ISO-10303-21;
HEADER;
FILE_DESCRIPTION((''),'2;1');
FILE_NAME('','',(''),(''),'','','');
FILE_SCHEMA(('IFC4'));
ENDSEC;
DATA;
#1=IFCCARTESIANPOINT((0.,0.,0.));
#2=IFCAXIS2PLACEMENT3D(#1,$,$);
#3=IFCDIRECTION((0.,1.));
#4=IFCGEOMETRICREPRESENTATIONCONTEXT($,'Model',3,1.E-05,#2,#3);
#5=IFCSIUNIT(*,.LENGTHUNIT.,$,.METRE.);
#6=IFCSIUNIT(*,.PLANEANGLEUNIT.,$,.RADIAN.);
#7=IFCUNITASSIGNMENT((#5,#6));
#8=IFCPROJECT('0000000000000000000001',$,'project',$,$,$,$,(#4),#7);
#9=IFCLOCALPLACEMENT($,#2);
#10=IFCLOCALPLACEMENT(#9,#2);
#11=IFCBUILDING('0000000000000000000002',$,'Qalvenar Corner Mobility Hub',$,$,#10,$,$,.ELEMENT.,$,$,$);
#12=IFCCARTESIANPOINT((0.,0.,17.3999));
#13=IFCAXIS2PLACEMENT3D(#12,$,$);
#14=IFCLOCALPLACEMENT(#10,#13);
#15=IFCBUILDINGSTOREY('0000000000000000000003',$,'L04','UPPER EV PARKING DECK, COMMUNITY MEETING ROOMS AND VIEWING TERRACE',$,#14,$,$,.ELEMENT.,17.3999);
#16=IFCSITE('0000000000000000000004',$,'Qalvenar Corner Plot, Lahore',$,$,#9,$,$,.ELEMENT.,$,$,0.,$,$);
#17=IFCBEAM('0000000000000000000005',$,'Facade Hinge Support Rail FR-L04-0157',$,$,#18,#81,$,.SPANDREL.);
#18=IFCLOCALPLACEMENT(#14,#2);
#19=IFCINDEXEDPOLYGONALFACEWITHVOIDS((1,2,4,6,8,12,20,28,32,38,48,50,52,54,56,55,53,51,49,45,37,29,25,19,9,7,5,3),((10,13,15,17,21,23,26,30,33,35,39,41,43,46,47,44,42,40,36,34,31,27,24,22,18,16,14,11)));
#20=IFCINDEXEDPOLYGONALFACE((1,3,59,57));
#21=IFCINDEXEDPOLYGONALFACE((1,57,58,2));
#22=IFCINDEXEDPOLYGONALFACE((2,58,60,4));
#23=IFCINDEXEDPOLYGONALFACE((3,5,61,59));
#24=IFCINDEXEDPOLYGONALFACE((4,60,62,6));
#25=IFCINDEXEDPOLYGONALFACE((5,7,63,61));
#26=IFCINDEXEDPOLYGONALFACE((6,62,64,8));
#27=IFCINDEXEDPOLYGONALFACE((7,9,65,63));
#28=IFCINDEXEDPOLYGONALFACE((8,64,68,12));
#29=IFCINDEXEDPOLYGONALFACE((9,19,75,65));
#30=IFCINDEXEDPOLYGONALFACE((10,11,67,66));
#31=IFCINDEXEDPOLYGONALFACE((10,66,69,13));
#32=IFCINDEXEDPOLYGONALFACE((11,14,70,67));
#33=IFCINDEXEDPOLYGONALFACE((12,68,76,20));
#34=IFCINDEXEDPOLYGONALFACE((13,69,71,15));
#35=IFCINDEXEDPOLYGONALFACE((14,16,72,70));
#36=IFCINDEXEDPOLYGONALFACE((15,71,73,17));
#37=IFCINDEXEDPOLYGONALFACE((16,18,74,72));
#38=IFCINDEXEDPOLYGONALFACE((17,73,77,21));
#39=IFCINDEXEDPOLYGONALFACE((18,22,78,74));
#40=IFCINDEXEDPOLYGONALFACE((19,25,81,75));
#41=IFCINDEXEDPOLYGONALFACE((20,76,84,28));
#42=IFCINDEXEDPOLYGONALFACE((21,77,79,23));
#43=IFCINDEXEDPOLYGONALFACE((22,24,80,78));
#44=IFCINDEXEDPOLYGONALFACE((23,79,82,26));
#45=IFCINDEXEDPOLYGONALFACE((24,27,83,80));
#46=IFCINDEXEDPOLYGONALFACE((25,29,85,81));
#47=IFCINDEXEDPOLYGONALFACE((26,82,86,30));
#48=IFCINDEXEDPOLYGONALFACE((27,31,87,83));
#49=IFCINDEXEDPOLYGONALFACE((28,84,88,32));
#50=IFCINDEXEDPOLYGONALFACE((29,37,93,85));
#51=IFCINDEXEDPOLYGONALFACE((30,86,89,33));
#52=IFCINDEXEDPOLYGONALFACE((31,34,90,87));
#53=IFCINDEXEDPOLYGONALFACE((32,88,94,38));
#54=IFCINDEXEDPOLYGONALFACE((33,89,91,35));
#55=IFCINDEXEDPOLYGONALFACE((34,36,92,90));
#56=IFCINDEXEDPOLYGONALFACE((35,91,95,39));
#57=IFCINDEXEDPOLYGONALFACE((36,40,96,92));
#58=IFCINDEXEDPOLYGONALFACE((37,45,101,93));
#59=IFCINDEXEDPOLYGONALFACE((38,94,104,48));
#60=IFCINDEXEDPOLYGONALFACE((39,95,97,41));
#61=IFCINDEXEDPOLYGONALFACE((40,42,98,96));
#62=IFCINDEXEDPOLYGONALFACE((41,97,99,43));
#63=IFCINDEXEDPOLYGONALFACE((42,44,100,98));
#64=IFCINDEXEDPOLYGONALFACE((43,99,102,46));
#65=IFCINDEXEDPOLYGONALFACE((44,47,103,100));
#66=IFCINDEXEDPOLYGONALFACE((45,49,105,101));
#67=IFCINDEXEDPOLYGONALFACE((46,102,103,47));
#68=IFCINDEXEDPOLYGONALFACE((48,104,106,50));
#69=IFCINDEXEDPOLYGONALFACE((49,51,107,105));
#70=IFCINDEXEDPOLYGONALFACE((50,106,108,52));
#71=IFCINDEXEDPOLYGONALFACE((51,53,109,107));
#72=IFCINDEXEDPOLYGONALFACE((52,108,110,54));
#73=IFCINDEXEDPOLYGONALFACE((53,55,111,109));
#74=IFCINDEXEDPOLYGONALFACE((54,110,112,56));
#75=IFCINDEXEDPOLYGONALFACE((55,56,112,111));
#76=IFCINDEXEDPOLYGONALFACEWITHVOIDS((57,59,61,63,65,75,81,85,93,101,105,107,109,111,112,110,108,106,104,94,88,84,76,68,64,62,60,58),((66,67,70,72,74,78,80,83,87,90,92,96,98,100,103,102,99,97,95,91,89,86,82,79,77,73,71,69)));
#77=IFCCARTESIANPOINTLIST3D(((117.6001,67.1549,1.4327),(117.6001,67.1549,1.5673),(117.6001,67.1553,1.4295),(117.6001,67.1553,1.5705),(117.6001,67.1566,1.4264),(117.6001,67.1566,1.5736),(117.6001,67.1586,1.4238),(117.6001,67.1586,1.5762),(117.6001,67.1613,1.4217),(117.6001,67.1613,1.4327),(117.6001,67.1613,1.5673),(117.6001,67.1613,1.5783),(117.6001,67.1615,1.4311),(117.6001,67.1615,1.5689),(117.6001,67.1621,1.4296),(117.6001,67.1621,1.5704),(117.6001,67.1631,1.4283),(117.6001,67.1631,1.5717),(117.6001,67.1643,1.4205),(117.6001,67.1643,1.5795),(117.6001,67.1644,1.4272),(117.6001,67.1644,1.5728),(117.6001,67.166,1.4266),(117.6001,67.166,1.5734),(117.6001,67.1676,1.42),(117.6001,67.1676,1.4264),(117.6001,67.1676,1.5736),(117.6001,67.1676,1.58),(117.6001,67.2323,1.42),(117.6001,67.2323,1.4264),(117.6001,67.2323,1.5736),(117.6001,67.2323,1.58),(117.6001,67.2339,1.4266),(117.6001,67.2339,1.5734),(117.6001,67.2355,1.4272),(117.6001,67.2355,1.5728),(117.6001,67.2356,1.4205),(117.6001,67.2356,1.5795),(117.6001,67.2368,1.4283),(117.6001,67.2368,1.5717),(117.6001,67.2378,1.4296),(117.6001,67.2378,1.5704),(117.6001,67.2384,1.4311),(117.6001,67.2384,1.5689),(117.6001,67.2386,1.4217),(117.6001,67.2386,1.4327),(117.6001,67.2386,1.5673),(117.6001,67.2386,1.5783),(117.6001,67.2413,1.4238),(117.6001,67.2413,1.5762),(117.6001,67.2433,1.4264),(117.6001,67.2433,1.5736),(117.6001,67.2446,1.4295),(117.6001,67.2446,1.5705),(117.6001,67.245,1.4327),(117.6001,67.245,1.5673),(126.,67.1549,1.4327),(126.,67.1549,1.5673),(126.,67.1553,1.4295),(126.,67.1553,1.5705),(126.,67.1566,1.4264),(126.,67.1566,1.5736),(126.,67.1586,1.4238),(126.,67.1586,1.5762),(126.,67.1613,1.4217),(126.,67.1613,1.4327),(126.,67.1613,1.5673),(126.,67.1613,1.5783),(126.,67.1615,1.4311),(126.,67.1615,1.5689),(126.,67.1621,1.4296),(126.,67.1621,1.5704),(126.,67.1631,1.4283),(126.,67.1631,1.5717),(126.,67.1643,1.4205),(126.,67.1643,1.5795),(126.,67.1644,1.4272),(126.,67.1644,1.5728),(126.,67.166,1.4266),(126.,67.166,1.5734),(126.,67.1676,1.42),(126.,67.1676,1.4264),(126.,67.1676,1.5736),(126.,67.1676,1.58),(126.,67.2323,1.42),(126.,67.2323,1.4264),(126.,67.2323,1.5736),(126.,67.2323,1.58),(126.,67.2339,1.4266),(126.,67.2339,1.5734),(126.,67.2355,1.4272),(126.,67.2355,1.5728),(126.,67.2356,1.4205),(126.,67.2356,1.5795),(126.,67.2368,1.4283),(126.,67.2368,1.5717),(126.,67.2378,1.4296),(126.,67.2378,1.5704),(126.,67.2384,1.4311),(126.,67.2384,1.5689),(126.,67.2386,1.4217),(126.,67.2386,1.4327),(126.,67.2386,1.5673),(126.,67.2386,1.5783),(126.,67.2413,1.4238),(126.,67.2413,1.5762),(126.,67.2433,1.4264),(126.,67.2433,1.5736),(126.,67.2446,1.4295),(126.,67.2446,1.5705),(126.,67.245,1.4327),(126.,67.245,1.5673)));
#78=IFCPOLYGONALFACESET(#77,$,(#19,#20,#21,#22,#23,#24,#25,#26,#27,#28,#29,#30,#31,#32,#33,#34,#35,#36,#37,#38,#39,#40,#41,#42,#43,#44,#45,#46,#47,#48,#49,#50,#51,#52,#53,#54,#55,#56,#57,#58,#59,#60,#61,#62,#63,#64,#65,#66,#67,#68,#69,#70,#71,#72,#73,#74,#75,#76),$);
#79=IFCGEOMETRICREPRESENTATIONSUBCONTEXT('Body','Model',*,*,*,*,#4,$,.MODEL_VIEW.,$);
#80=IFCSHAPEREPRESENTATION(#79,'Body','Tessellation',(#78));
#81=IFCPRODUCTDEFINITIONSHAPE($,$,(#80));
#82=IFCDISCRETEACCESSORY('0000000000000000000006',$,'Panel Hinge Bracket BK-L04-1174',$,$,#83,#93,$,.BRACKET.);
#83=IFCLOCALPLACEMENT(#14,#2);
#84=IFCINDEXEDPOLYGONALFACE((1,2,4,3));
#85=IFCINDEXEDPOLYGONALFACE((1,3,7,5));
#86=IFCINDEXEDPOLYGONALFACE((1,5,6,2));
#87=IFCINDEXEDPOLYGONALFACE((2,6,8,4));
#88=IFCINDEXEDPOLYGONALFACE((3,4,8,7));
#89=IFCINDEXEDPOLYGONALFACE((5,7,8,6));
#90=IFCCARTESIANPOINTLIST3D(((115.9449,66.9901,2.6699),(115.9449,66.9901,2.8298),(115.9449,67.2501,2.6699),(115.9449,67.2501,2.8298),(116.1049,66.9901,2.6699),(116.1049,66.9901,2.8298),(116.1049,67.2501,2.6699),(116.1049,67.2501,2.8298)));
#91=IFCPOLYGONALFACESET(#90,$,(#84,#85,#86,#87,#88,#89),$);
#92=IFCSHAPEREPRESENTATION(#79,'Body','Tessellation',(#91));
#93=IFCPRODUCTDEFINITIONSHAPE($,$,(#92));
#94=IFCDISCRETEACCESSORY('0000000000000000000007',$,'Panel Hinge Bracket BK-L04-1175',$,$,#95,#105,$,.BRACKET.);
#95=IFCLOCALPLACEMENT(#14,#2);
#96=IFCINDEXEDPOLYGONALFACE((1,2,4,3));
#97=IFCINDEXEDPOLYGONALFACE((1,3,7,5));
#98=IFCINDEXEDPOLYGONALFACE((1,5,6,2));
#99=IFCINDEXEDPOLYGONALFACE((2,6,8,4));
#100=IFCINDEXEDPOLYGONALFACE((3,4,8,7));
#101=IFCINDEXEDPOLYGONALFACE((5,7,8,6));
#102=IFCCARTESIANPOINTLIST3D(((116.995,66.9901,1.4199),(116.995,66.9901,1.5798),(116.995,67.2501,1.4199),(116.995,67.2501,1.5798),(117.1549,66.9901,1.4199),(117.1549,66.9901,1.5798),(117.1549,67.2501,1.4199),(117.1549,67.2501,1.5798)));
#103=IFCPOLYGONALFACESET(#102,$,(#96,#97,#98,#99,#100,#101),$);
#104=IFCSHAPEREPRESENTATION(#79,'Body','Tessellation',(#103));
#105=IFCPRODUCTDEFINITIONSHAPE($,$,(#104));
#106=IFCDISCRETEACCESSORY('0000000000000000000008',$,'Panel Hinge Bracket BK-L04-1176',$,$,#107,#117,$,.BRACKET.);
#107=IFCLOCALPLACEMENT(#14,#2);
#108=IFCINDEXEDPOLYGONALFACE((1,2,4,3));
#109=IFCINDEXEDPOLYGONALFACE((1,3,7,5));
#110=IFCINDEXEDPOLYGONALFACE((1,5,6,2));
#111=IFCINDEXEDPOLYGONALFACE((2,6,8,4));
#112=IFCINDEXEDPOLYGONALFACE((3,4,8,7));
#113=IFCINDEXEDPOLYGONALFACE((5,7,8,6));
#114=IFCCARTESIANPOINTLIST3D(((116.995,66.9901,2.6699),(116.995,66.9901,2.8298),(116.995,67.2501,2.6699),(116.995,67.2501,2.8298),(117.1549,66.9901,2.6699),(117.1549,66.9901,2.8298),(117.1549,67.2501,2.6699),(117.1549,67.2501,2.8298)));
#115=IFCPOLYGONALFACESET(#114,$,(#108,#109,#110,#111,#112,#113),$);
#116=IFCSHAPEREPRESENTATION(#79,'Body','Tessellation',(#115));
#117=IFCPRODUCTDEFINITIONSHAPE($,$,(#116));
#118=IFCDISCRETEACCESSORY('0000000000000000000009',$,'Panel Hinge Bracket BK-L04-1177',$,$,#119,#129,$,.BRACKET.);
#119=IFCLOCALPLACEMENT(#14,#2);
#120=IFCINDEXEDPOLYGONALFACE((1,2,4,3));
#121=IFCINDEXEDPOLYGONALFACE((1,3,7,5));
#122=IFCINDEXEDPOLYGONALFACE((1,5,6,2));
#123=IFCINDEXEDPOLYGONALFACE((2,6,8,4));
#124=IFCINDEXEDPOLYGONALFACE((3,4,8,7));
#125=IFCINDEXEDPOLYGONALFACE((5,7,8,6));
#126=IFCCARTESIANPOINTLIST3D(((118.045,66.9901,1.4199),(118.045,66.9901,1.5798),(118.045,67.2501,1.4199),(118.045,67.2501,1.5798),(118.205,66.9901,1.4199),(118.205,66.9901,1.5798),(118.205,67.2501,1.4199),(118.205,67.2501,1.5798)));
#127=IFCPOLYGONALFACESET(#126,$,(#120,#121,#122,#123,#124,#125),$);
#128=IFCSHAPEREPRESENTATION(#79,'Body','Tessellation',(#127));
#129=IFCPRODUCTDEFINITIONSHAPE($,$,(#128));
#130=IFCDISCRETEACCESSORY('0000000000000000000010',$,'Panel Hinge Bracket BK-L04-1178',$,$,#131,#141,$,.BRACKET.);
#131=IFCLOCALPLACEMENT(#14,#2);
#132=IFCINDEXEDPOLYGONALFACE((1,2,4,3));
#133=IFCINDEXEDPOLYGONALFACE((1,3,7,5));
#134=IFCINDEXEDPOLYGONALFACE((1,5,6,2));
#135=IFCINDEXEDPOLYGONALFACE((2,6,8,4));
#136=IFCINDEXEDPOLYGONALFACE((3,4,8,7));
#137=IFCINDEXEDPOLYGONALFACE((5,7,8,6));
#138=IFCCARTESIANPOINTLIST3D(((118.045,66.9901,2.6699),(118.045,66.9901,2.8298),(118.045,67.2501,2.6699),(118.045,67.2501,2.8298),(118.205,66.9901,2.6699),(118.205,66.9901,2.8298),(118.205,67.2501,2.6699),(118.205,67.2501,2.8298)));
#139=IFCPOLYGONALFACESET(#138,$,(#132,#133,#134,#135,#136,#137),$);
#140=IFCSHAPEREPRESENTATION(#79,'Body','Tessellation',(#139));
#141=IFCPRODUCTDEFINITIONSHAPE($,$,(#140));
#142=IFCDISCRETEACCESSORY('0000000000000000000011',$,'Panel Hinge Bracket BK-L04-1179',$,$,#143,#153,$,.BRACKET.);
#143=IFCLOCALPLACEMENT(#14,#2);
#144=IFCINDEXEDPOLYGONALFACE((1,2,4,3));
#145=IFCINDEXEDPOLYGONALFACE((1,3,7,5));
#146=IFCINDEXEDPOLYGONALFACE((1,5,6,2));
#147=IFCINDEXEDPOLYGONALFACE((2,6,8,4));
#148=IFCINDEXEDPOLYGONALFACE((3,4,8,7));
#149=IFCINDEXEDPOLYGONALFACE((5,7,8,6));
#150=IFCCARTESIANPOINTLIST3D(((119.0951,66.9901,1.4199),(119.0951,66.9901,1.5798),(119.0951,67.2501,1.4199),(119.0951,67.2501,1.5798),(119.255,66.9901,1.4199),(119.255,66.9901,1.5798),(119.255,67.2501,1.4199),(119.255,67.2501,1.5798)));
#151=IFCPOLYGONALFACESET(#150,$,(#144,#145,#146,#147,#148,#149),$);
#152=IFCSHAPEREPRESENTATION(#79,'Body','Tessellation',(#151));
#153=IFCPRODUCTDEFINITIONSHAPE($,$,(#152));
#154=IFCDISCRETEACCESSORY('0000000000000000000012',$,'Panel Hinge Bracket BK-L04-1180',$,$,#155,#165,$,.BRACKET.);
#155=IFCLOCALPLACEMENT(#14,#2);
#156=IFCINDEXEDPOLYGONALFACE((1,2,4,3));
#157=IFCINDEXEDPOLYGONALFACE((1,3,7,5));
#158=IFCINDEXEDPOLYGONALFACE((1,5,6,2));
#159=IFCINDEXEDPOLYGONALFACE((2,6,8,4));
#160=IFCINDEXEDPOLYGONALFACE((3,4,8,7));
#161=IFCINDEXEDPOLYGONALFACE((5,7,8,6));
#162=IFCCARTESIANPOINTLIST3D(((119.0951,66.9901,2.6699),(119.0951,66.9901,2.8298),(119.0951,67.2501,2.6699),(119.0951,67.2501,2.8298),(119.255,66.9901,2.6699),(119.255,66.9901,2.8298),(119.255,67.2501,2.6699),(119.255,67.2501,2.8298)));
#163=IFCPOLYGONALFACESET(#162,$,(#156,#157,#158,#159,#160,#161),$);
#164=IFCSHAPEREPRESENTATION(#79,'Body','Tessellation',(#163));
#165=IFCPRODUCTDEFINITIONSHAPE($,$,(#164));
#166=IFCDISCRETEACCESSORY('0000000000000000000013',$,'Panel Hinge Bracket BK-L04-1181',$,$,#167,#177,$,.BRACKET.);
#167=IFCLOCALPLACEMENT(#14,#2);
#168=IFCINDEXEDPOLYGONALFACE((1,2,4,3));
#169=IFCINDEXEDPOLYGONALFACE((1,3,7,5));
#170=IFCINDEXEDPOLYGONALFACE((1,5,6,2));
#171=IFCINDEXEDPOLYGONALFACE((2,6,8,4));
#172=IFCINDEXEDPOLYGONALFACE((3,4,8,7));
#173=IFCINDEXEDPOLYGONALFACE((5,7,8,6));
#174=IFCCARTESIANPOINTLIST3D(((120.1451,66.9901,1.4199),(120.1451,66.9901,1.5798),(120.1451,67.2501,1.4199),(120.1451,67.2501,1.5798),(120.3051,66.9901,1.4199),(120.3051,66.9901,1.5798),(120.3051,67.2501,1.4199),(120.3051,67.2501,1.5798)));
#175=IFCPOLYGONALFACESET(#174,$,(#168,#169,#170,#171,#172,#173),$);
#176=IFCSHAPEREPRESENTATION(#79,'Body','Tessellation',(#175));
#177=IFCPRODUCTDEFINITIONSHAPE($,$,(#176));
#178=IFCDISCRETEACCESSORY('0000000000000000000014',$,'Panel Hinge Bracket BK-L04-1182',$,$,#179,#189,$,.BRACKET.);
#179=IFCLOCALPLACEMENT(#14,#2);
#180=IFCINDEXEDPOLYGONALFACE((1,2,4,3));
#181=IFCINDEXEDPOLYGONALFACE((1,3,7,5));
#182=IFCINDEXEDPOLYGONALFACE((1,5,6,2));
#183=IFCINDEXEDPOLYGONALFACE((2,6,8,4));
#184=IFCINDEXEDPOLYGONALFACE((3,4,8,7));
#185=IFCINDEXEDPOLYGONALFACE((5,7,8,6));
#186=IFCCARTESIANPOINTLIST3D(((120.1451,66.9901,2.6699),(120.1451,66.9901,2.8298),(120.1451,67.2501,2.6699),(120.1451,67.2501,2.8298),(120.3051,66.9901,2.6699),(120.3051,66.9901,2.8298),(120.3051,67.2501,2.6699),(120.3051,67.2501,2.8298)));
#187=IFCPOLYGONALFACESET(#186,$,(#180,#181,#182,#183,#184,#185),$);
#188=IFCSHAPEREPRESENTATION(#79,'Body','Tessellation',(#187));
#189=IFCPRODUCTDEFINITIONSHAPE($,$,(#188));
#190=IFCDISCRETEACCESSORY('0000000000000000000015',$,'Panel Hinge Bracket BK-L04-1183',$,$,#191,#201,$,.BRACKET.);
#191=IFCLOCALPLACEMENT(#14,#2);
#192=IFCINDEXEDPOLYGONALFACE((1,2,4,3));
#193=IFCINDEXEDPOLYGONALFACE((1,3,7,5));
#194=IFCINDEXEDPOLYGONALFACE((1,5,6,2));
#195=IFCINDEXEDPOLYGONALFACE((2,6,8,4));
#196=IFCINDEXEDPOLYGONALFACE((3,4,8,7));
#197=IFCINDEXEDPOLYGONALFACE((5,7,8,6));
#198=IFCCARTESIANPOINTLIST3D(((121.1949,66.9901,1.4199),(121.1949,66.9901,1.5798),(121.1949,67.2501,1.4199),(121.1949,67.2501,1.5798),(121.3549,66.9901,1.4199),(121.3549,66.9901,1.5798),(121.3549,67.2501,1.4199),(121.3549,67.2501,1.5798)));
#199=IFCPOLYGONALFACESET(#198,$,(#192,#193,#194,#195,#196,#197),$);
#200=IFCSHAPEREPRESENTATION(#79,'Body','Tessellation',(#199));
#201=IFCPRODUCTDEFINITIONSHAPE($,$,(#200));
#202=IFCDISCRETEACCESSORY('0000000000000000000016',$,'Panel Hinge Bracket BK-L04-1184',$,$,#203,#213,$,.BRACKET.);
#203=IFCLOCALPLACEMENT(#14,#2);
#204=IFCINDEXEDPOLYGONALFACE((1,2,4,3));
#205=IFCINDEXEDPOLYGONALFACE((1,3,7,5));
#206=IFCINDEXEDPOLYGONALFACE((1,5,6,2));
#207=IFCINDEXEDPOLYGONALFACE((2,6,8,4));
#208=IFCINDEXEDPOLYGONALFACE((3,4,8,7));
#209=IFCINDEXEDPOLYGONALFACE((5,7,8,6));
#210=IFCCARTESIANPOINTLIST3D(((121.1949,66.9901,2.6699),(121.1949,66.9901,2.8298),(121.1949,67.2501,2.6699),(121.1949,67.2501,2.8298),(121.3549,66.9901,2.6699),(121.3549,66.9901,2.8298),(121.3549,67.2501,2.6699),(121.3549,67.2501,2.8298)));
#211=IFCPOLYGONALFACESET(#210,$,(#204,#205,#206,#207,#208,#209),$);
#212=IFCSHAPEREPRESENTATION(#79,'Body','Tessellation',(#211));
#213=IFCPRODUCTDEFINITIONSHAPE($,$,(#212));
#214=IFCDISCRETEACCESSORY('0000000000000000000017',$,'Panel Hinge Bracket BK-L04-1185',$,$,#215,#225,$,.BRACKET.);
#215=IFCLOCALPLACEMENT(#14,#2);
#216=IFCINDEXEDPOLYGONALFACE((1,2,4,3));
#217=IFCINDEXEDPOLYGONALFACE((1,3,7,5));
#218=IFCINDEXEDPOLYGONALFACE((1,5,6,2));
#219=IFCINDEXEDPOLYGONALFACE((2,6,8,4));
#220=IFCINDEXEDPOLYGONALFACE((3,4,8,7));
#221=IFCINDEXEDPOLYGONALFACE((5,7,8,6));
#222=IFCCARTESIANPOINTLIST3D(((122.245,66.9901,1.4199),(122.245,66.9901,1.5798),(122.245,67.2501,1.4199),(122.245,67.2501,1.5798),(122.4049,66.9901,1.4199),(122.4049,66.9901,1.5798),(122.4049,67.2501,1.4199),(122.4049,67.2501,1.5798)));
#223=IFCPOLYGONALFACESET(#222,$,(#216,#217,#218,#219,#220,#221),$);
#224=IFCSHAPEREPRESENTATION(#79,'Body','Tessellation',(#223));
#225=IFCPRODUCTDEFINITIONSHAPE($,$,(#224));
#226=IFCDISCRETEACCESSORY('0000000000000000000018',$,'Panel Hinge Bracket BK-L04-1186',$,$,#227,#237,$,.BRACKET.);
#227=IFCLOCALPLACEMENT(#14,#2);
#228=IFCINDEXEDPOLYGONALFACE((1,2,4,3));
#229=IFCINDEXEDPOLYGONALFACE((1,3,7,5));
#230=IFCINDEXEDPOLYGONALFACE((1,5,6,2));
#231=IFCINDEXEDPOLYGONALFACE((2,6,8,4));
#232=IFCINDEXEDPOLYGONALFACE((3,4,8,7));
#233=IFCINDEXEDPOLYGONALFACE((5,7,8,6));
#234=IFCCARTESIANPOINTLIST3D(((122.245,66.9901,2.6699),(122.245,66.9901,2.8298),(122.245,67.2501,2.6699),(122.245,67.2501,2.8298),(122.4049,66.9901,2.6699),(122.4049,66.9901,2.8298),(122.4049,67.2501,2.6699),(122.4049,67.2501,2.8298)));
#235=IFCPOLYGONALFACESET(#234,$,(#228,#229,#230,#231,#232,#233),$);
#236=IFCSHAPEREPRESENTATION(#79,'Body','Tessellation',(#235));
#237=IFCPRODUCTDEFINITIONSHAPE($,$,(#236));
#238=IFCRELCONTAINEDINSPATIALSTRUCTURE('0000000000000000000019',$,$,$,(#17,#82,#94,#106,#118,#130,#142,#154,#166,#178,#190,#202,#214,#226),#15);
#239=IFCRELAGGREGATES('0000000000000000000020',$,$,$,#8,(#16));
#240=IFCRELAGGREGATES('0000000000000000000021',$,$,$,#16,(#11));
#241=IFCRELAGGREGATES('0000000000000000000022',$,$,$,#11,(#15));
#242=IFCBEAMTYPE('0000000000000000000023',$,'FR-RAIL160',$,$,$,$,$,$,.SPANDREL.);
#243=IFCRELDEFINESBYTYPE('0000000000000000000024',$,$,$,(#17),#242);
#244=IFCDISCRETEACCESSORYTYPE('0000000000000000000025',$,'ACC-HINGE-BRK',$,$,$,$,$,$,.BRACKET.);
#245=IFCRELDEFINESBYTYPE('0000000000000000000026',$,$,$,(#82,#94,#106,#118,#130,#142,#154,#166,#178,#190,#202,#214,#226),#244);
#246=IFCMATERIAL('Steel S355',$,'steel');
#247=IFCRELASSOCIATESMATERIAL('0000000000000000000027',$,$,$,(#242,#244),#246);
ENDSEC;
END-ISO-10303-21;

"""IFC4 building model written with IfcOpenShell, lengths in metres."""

from ifc_helpers import new_model, si_unit, direction, frame, origin, origin_2d, place, context, subcontext, project, spatial, rectangle, hollow_rectangle, extrude, material, material_profile, profile_set, type_object, element, save


model = new_model("IFC4")

# Units and contexts
model_context = context("Model", 3, precision=1e-05, world=origin(), true_north=direction((0.0, 1.0)))
body_context = subcontext(model_context, "Body", "Model", "MODEL_VIEW")
ifc_project = project(units=[si_unit("LENGTHUNIT", "METRE"), si_unit("PLANEANGLEUNIT", "RADIAN")], contexts=[model_context])

# Site, building, storey
site_placement = place(None, origin())
site = spatial("IfcSite", under=ifc_project, at=site_placement, Name="Qalvenar Corner Plot, Lahore", CompositionType="ELEMENT", RefElevation=0.0)
building_placement = place(site_placement, origin())
building = spatial("IfcBuilding", under=site, at=building_placement, Name="Qalvenar Corner Mobility Hub", CompositionType="ELEMENT")
storey_placement = place(building_placement, frame((0.0, 0.0, 17.3999)))
storey = spatial("IfcBuildingStorey", under=building, at=storey_placement, Name="L04", Description="UPPER EV PARKING DECK, COMMUNITY MEETING ROOMS AND VIEWING TERRACE", CompositionType="ELEMENT", Elevation=17.3999)

# Shared definitions
ifc_material = material(Name="Steel S355", Category="steel")

# Beam
ifc_material_profile_1 = material_profile(ifc_material, hollow_rectangle(XDim=0.0901, YDim=0.1599, WallThickness=0.0063, InnerFilletRadius=0.0063, OuterFilletRadius=0.0127, at=origin_2d()), Name="RHS160x90x6.3")
ifc_profile_set_1 = profile_set([ifc_material_profile_1], Name="Steel S355")
beam_type_1 = type_object("IfcBeamType", Name="FR-RAIL160", PredefinedType="SPANDREL", material=ifc_profile_set_1)
beam_1_placement = place(storey_placement, frame((117.6001, 67.2, 1.5), z_axis=(1.0, 0.0, 0.0), x_axis=(0.0, 1.0, 0.0)))
element("IfcBeam", 1, at=beam_1_placement, inside=storey, type_object=beam_type_1, Name="Facade Hinge Support Rail FR-L04-0157", PredefinedType="SPANDREL", context=body_context, shape_type="SweptSolid", body=[
    extrude(hollow_rectangle(XDim=0.0901, YDim=0.1599, WallThickness=0.0063, InnerFilletRadius=0.0063, OuterFilletRadius=0.0127, at=origin_2d()), origin(), (0.0, 0.0, 1.0), 8.3999),
])

# Discrete accessories
discrete_accessory_type = type_object("IfcDiscreteAccessoryType", Name="ACC-HINGE-BRK", PredefinedType="BRACKET", material=ifc_material)
for number, where, z_axis, x_axis, name in (
    (2, (116.0249, 67.1201, 2.6699), (0.0, 0.0, 1.0), (1.0, 0.0, 0.0), "Panel Hinge Bracket BK-L04-1174"),
    (3, (117.075, 67.1201, 1.4199), (0.0, 0.0, 1.0), (1.0, 0.0, 0.0), "Panel Hinge Bracket BK-L04-1175"),
    (4, (117.075, 67.1201, 2.6699), (0.0, 0.0, 1.0), (1.0, 0.0, 0.0), "Panel Hinge Bracket BK-L04-1176"),
    (5, (118.125, 67.1201, 1.4199), (0.0, 0.0, 1.0), (1.0, 0.0, 0.0), "Panel Hinge Bracket BK-L04-1177"),
    (6, (118.125, 67.1201, 2.6699), (0.0, 0.0, 1.0), (1.0, 0.0, 0.0), "Panel Hinge Bracket BK-L04-1178"),
    (7, (119.175, 67.1201, 1.4199), (0.0, 0.0, 1.0), (1.0, 0.0, 0.0), "Panel Hinge Bracket BK-L04-1179"),
    (8, (119.175, 67.1201, 2.6699), (0.0, 0.0, 1.0), (1.0, 0.0, 0.0), "Panel Hinge Bracket BK-L04-1180"),
    (9, (120.2251, 67.1201, 1.4199), (0.0, 0.0, 1.0), (1.0, 0.0, 0.0), "Panel Hinge Bracket BK-L04-1181"),
    (10, (120.2251, 67.1201, 2.6699), (0.0, 0.0, 1.0), (1.0, 0.0, 0.0), "Panel Hinge Bracket BK-L04-1182"),
    (11, (121.2749, 67.1201, 1.4199), (0.0, 0.0, 1.0), (1.0, 0.0, 0.0), "Panel Hinge Bracket BK-L04-1183"),
    (12, (121.2749, 67.1201, 2.6699), (0.0, 0.0, 1.0), (1.0, 0.0, 0.0), "Panel Hinge Bracket BK-L04-1184"),
    (13, (122.325, 67.1201, 1.4199), (0.0, 0.0, 1.0), (1.0, 0.0, 0.0), "Panel Hinge Bracket BK-L04-1185"),
    (14, (122.325, 67.1201, 2.6699), (0.0, 0.0, 1.0), (1.0, 0.0, 0.0), "Panel Hinge Bracket BK-L04-1186"),
):
    element("IfcDiscreteAccessory", number, at=place(storey_placement, frame(where, z_axis=z_axis, x_axis=x_axis)), inside=storey, type_object=discrete_accessory_type, Name=name, PredefinedType="BRACKET", context=body_context, shape_type="SweptSolid", body=[
        extrude(rectangle(XDim=0.1599, YDim=0.26, at=origin_2d()), origin(), (0.0, 0.0, 1.0), 0.1599),
    ])

save(model, "model.ifc")
